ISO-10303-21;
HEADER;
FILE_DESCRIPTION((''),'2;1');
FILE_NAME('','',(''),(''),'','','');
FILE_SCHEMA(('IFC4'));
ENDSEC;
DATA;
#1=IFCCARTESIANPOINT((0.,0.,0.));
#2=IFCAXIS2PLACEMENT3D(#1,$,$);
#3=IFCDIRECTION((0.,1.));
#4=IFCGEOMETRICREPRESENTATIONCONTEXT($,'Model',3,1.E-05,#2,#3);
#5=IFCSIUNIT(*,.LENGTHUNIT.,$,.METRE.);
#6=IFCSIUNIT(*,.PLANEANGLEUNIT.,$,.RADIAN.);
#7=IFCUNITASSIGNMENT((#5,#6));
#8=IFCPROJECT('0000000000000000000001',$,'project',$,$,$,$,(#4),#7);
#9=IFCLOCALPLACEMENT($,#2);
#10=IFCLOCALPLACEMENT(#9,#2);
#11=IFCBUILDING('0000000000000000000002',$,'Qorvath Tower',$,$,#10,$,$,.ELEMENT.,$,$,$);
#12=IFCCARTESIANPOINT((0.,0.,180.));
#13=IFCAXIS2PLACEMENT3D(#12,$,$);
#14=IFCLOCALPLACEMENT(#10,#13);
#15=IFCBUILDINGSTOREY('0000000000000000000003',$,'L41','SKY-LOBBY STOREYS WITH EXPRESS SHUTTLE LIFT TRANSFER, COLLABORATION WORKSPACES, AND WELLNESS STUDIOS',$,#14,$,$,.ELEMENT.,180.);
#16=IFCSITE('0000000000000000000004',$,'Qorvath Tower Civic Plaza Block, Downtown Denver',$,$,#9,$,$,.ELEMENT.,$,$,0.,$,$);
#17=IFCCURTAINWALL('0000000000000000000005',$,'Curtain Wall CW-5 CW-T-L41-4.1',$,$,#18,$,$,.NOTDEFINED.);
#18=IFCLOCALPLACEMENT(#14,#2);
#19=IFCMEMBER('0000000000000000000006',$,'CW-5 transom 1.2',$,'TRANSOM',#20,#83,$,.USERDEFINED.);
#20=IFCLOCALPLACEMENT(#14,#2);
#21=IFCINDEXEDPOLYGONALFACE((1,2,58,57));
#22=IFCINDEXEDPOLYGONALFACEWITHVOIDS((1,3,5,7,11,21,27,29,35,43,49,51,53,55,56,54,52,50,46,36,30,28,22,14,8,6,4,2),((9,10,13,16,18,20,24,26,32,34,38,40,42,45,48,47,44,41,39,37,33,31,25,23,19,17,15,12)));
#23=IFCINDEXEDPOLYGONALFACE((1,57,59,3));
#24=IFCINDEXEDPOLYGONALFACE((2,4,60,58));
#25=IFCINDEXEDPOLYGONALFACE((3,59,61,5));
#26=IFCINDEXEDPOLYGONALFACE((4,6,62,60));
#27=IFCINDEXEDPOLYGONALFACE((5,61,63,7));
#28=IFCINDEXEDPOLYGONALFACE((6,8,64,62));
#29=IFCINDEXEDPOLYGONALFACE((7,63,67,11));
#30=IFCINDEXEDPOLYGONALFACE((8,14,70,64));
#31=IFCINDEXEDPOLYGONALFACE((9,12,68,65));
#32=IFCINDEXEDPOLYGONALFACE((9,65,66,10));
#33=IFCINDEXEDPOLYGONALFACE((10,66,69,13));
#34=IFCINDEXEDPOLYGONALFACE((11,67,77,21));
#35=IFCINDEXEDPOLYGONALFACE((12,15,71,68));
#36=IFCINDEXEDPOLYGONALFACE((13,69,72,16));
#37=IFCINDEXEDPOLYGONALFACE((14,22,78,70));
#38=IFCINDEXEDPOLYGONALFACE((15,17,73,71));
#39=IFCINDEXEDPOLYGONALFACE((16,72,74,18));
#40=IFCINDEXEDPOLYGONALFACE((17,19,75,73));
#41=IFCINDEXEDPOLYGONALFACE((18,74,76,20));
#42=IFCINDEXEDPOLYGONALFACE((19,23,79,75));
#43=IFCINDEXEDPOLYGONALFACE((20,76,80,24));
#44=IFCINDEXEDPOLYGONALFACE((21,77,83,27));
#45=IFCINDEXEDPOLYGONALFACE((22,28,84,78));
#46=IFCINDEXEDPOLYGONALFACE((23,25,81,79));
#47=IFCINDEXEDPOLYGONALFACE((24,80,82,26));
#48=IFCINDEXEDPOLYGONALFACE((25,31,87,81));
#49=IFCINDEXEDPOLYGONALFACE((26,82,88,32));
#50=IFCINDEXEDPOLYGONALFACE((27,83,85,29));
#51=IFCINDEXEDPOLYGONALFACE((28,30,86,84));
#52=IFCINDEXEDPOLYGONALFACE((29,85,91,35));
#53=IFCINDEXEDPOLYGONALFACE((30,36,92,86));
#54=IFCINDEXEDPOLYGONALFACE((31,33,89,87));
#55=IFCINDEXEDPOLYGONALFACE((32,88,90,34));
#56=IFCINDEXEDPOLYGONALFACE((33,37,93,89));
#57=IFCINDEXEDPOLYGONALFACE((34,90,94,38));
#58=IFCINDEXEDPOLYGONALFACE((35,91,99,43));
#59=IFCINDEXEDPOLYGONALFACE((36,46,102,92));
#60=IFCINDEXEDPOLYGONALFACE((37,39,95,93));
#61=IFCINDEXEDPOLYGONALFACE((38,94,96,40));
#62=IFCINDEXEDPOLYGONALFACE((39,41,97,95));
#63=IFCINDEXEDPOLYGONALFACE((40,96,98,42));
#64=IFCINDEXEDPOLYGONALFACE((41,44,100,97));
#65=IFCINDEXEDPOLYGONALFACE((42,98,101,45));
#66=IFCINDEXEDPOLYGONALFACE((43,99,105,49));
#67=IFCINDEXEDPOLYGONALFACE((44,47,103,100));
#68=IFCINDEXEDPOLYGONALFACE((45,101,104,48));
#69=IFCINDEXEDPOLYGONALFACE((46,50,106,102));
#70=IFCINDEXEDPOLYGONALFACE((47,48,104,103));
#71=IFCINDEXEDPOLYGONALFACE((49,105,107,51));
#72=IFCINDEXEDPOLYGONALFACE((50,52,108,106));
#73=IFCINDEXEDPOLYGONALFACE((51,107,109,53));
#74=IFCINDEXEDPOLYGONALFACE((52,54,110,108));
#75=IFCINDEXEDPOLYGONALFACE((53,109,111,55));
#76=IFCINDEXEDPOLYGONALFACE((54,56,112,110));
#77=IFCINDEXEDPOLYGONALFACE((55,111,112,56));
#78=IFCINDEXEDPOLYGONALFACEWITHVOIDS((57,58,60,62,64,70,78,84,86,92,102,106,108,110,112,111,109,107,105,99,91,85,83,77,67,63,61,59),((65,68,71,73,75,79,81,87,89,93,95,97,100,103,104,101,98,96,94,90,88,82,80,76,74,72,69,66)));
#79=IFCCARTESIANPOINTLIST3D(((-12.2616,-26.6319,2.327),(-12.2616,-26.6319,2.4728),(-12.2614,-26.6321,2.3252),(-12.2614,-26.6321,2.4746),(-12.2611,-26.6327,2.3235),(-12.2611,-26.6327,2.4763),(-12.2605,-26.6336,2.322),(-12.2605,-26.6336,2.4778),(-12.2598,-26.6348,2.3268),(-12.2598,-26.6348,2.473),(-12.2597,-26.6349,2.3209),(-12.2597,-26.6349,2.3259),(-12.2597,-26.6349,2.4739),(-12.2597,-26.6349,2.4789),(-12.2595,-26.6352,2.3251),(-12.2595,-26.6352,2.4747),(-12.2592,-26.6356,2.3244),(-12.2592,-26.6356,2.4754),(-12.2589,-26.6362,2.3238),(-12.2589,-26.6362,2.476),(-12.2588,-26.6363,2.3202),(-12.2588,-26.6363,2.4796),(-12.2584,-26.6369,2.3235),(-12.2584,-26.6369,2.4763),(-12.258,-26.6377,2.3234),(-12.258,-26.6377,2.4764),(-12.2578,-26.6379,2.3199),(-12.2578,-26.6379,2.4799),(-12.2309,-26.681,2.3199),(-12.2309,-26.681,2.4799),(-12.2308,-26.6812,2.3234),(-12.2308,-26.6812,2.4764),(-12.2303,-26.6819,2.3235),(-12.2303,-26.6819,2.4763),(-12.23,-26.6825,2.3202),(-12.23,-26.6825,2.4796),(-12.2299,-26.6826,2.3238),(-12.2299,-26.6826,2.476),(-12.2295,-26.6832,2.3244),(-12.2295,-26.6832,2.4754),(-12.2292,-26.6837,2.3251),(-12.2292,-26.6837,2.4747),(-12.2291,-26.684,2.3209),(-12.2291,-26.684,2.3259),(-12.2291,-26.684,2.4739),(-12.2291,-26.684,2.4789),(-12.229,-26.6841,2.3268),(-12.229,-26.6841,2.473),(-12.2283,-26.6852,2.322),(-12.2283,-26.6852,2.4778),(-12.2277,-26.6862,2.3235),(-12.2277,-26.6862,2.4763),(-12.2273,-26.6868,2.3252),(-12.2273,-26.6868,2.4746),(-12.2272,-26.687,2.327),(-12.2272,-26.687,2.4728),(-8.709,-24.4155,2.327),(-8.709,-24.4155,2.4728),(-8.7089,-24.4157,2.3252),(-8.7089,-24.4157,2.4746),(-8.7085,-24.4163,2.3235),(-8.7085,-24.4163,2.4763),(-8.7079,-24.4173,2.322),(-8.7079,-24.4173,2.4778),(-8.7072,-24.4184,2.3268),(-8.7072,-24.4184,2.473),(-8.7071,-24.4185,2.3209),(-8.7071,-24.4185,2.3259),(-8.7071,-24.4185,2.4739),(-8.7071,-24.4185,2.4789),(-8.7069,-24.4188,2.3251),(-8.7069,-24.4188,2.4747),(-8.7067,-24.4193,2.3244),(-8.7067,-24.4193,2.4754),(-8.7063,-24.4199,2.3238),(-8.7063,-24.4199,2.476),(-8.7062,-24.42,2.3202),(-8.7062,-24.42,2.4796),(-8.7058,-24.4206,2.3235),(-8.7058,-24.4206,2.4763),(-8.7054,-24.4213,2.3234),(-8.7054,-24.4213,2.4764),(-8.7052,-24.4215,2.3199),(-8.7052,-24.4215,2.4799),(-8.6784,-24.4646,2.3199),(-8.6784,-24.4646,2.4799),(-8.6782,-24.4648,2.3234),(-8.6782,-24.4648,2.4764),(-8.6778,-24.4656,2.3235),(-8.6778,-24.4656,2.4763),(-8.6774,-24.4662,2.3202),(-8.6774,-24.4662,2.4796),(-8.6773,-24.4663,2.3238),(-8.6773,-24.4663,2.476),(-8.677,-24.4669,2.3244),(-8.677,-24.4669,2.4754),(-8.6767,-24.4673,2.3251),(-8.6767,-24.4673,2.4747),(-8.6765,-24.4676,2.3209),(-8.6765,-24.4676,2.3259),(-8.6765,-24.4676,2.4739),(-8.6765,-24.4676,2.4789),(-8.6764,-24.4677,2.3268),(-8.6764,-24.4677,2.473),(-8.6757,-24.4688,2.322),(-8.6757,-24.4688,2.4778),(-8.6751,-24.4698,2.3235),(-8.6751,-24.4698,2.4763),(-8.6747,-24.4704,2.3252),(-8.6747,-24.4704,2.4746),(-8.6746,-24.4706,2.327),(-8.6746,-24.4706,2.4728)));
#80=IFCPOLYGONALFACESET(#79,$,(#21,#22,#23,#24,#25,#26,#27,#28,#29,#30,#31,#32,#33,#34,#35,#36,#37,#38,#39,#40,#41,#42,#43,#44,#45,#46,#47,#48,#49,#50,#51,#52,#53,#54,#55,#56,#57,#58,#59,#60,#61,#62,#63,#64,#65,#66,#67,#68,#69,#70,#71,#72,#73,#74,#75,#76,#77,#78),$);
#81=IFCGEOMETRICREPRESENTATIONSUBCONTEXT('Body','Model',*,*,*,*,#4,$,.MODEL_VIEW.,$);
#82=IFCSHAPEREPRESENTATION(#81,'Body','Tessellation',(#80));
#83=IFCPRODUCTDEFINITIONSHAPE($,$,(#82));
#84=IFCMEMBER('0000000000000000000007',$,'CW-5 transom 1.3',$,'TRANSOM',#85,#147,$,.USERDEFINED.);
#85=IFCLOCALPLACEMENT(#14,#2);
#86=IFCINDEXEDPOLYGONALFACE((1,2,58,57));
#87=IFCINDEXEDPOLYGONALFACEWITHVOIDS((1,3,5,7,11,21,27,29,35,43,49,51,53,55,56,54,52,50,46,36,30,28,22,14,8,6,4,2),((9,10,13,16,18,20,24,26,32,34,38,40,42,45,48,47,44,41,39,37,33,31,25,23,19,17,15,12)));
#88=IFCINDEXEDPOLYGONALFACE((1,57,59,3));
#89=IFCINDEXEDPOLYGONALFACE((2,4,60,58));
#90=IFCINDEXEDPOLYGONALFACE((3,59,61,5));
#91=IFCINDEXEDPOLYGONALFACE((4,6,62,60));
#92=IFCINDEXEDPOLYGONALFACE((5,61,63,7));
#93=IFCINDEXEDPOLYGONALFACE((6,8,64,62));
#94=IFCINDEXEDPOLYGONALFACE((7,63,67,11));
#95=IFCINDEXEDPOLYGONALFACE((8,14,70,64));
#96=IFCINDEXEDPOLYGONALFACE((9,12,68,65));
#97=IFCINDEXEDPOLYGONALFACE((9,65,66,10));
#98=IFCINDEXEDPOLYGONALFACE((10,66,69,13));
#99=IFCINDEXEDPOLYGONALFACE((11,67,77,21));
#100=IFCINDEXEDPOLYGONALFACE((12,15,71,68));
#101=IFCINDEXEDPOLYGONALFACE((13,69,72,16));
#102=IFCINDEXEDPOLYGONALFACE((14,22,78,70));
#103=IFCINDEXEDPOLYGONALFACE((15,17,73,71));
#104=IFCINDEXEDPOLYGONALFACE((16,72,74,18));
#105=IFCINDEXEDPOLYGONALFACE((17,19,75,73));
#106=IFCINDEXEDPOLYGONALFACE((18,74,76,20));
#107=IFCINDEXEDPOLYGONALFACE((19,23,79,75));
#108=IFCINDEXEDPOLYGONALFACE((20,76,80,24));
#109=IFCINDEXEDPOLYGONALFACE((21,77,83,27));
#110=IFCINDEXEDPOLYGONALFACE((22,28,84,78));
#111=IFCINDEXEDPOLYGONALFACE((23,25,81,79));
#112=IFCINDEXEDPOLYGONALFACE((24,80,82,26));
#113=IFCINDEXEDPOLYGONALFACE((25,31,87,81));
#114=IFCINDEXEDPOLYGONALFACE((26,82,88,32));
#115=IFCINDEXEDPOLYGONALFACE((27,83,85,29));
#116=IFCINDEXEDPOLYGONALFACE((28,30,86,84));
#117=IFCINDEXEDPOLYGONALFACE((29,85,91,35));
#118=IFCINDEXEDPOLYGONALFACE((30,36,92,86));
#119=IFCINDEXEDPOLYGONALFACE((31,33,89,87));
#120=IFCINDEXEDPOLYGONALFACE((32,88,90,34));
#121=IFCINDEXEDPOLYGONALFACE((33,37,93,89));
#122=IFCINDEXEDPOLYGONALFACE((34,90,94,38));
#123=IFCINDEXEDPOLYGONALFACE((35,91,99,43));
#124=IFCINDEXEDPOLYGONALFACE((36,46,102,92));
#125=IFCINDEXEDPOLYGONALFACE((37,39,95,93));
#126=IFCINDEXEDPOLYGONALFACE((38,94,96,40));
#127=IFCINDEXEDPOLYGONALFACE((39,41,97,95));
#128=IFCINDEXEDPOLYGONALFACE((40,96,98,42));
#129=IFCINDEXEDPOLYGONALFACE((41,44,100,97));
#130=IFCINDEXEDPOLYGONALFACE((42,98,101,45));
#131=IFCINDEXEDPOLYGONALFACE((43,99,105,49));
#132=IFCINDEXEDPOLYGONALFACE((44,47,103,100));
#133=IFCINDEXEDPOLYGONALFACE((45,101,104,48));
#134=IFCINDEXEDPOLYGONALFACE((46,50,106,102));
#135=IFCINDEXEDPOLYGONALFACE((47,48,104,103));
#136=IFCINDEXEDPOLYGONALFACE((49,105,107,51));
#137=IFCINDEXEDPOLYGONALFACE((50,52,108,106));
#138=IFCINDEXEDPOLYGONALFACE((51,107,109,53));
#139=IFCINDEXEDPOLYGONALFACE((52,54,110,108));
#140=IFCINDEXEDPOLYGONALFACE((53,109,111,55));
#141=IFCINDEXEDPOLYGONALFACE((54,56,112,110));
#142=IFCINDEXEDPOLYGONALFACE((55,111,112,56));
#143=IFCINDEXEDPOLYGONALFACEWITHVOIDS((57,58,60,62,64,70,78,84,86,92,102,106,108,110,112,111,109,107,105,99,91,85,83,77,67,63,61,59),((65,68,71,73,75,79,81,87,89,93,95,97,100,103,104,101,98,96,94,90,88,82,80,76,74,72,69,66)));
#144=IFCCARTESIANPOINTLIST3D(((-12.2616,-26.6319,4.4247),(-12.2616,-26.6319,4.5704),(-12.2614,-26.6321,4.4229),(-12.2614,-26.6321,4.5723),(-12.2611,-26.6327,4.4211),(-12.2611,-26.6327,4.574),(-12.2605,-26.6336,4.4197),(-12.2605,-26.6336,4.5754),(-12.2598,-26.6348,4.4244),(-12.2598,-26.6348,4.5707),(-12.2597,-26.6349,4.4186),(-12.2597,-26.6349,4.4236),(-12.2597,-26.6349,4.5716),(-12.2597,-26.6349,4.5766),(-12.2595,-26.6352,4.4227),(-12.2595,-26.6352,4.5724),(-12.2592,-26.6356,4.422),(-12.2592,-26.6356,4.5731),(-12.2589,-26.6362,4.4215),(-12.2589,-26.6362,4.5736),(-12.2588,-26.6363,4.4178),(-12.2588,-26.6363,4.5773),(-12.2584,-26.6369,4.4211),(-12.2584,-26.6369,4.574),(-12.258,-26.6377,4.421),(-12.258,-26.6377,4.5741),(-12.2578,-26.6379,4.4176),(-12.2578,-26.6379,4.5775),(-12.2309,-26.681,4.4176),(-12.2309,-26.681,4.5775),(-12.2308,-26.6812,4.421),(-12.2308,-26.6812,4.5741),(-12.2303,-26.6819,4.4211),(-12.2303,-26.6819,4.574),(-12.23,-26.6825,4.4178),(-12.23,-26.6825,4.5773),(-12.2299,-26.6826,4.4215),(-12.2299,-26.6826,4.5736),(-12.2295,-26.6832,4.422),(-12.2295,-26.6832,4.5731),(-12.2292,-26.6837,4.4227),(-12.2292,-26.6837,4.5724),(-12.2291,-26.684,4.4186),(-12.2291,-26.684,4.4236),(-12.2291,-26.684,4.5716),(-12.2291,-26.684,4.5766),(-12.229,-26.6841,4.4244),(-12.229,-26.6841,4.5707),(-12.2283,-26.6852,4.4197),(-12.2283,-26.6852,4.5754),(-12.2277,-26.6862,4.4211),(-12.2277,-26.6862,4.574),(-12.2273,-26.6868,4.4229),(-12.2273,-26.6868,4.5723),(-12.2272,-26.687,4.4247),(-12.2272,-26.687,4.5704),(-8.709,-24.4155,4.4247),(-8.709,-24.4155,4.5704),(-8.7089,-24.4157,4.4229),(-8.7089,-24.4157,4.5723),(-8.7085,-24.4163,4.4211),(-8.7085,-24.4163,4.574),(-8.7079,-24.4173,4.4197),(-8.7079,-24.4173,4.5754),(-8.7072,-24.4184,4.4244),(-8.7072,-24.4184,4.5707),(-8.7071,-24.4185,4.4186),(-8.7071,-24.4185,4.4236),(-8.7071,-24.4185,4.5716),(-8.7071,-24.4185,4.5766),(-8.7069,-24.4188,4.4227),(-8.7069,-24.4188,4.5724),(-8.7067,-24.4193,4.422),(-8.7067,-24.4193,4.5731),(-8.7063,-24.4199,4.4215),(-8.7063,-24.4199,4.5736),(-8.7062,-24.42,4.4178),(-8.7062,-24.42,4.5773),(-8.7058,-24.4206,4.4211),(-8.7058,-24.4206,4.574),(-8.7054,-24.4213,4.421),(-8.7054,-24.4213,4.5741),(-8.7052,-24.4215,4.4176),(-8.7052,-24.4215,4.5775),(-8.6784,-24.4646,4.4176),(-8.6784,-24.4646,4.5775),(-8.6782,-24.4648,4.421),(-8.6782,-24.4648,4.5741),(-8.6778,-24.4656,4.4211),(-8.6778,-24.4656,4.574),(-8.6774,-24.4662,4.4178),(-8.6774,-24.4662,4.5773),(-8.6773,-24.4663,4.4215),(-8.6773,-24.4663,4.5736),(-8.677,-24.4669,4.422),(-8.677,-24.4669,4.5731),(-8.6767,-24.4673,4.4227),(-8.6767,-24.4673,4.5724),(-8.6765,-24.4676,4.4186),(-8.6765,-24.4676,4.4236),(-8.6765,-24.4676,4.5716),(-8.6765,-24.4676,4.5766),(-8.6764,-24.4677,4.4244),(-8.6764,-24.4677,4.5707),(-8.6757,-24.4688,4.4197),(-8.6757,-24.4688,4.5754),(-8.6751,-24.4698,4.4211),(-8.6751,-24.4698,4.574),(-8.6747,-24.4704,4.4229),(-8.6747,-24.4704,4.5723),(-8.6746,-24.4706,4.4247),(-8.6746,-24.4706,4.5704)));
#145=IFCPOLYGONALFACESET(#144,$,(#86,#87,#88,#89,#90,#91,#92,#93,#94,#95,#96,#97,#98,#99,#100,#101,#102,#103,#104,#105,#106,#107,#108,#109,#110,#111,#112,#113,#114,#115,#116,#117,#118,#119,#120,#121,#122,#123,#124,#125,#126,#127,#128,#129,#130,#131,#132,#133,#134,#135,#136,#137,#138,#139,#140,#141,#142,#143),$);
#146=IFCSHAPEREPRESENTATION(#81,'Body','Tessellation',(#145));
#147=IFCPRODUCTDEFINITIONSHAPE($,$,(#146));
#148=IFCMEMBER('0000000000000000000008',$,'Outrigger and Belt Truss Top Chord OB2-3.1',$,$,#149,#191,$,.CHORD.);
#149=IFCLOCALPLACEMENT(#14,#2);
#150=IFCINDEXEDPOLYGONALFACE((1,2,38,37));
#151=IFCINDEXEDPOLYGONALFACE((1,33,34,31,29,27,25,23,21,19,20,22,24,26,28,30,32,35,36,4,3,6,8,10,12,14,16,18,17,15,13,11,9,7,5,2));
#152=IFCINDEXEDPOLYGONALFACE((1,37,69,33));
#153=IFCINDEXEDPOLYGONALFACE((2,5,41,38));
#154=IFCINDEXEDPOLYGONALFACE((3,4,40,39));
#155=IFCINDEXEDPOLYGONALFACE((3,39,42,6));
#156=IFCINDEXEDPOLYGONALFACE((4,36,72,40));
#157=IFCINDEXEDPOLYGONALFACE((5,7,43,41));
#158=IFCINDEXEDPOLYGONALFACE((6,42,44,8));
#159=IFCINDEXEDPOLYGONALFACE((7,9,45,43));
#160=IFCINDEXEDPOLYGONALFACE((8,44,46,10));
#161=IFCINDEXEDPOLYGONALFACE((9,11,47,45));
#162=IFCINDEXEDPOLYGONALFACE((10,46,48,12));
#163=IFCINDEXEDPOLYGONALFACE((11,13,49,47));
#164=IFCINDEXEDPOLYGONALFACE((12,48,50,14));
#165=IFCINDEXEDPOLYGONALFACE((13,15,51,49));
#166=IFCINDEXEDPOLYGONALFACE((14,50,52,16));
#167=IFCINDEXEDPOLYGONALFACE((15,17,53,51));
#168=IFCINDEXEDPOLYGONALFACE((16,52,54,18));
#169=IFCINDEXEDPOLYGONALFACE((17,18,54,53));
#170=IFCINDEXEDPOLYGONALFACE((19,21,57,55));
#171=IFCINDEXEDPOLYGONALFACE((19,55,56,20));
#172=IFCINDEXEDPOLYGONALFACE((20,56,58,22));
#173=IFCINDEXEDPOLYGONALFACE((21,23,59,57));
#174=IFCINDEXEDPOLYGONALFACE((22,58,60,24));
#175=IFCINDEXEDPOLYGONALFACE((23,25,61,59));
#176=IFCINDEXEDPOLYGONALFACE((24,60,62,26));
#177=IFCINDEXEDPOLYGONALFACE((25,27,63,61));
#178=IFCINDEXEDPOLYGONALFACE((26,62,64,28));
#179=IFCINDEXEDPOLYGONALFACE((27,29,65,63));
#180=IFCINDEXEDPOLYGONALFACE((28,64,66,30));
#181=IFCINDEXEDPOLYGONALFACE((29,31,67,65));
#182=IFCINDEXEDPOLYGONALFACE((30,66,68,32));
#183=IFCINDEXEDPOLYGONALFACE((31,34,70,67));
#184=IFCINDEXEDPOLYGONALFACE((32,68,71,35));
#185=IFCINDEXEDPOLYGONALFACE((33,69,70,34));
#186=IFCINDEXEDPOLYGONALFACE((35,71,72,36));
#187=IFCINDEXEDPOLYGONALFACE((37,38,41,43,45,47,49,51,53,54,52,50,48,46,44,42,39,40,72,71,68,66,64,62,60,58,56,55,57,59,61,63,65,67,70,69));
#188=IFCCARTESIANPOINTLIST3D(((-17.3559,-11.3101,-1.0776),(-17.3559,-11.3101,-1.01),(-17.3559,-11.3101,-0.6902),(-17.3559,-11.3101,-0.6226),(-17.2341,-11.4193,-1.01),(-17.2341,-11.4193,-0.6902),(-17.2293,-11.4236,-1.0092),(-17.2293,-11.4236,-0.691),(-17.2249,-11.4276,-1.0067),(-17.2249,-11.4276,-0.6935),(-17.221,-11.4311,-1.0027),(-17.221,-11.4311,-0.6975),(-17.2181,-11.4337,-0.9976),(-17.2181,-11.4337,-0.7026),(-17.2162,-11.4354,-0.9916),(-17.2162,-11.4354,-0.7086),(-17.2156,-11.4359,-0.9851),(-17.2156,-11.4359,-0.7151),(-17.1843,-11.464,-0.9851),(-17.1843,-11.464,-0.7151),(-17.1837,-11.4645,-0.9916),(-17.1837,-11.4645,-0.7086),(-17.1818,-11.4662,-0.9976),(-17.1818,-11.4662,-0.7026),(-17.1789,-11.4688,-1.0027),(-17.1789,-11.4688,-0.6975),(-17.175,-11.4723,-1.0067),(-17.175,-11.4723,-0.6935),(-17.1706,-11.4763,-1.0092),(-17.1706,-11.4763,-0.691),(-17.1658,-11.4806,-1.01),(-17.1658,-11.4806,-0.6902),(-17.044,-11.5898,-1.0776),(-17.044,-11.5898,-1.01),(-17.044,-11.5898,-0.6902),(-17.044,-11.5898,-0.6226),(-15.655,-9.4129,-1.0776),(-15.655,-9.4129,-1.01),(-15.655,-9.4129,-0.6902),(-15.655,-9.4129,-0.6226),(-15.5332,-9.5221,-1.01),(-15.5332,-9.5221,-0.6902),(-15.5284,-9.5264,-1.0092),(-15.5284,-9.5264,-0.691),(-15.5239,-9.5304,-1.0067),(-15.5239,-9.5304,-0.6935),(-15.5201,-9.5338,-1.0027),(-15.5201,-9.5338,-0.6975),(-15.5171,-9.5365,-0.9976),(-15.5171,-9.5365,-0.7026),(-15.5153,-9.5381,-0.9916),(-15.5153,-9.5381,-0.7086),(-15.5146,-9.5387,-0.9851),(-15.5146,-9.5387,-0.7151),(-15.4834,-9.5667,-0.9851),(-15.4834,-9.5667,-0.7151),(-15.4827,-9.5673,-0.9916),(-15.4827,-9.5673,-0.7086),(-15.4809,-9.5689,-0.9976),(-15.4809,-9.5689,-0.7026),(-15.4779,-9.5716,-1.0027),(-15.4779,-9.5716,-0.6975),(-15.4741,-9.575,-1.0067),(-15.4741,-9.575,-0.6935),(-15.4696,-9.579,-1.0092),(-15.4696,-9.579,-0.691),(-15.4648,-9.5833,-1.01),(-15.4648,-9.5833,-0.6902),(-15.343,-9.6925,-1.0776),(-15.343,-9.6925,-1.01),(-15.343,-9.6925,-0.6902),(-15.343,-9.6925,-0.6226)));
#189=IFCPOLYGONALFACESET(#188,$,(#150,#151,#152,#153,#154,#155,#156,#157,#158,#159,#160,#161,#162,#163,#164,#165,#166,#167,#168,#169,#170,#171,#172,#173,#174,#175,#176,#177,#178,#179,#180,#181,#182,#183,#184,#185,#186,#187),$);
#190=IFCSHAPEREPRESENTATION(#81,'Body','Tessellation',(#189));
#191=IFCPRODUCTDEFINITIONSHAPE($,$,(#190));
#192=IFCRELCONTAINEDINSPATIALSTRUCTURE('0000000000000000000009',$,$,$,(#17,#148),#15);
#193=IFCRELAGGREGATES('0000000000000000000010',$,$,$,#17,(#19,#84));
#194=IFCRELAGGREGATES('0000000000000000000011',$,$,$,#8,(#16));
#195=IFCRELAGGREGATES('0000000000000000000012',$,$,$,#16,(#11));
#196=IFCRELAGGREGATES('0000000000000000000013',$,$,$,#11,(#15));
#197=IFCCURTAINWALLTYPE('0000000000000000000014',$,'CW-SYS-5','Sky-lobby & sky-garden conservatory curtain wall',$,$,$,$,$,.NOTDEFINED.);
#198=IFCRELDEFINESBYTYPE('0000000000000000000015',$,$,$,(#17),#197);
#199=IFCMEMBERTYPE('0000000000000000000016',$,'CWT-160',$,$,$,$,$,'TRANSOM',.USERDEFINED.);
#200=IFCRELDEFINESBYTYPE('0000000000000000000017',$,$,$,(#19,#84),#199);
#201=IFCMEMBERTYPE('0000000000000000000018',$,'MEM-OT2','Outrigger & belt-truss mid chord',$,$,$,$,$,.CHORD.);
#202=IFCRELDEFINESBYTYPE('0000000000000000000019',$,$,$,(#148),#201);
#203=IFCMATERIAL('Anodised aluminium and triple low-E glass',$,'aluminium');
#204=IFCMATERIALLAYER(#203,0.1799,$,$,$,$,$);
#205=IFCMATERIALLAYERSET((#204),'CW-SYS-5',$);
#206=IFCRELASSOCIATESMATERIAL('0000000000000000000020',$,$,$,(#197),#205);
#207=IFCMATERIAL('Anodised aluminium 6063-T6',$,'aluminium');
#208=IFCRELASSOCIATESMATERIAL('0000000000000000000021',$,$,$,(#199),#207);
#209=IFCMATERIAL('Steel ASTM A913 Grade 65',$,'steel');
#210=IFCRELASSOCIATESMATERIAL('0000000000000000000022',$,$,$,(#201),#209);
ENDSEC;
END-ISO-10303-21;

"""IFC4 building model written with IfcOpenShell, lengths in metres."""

from ifc_helpers import new_model, si_unit, direction, frame, origin, origin_2d, place, context, subcontext, project, spatial, hollow_rectangle, i_section, extrude, material, layer, layer_set, material_profile, profile_set, type_object, element, aggregate, save


model = new_model("IFC4")

# Units and contexts
model_context = context("Model", 3, precision=1e-05, world=origin(), true_north=direction((0.0, 1.0)))
body_context = subcontext(model_context, "Body", "Model", "MODEL_VIEW")
ifc_project = project(units=[si_unit("LENGTHUNIT", "METRE"), si_unit("PLANEANGLEUNIT", "RADIAN")], contexts=[model_context])

# Site, building, storey
site_placement = place(None, origin())
site = spatial("IfcSite", under=ifc_project, at=site_placement, Name="Qorvath Tower Civic Plaza Block, Downtown Denver", CompositionType="ELEMENT", RefElevation=0.0)
building_placement = place(site_placement, origin())
building = spatial("IfcBuilding", under=site, at=building_placement, Name="Qorvath Tower", CompositionType="ELEMENT")
storey_placement = place(building_placement, frame((0.0, 0.0, 180.0)))
storey = spatial("IfcBuildingStorey", under=building, at=storey_placement, Name="L41", Description="SKY-LOBBY STOREYS WITH EXPRESS SHUTTLE LIFT TRANSFER, COLLABORATION WORKSPACES, AND WELLNESS STUDIOS", CompositionType="ELEMENT", Elevation=180.0)

# Shared definitions
ifc_material_1 = material(Name="Anodised aluminium and triple low-E glass", Category="aluminium")
ifc_layer_1 = layer(ifc_material_1, 0.1799)
ifc_layer_set_1 = layer_set([ifc_layer_1], Name="CW-SYS-5")
curtain_wall_type = type_object("IfcCurtainWallType", Name="CW-SYS-5", Description="Sky-lobby & sky-garden conservatory curtain wall", PredefinedType="NOTDEFINED", material=ifc_layer_set_1)

# Curtain wall
curtain_wall_1_placement = place(storey_placement, origin())
curtain_wall_1 = element("IfcCurtainWall", 1, at=curtain_wall_1_placement, inside=storey, type_object=curtain_wall_type, Name="Curtain Wall CW-5 CW-T-L41-4.1", PredefinedType="NOTDEFINED")

# Members
ifc_material_2 = material(Name="Anodised aluminium 6063-T6", Category="aluminium")
ifc_material_profile_1 = material_profile(ifc_material_2, hollow_rectangle(XDim=0.0649, YDim=0.1599, WallThickness=0.0034, InnerFilletRadius=0.0034, OuterFilletRadius=0.0071, at=origin_2d()), Name="CWT 160x65")
ifc_profile_set_1 = profile_set([ifc_material_profile_1], Name="Anodised aluminium 6063-T6")
member_type_1 = type_object("IfcMemberType", Name="CWT-160", ElementType="TRANSOM", PredefinedType="USERDEFINED", material=ifc_profile_set_1)
member_1_placement = place(storey_placement, frame((-12.2444, -26.6594, 2.3999), z_axis=(0.848427, 0.529312, 0.0), x_axis=(-0.529312, 0.848427, 0.0)))
member_1 = element("IfcMember", 2, at=member_1_placement, type_object=member_type_1, Name="CW-5 transom 1.2", ObjectType="TRANSOM", PredefinedType="USERDEFINED", context=body_context, shape_type="SweptSolid", body=[
    extrude(hollow_rectangle(XDim=0.0649, YDim=0.1599, WallThickness=0.0034, InnerFilletRadius=0.0034, OuterFilletRadius=0.0071, at=origin_2d()), origin(), (0.0, 0.0, 1.0), 4.1873),
])
member_2_placement = place(storey_placement, frame((-12.2444, -26.6594, 4.4976), z_axis=(0.848427, 0.529312, 0.0), x_axis=(-0.529312, 0.848427, 0.0)))
member_2 = element("IfcMember", 3, at=member_2_placement, type_object=member_type_1, Name="CW-5 transom 1.3", ObjectType="TRANSOM", PredefinedType="USERDEFINED", context=body_context, shape_type="SweptSolid", body=[
    extrude(hollow_rectangle(XDim=0.0649, YDim=0.1599, WallThickness=0.0034, InnerFilletRadius=0.0034, OuterFilletRadius=0.0071, at=origin_2d()), origin(), (0.0, 0.0, 1.0), 4.1873),
])
aggregate(curtain_wall_1, [member_1, member_2])

# Member
ifc_material_3 = material(Name="Steel ASTM A913 Grade 65", Category="steel")
ifc_material_profile_2 = material_profile(ifc_material_3, i_section(OverallWidth=0.4189, OverallDepth=0.4551, WebThickness=0.042, FlangeThickness=0.0676, FilletRadius=0.0249, at=origin_2d()), Name="W14x370")
ifc_profile_set_2 = profile_set([ifc_material_profile_2], Name="Steel ASTM A913 Grade 65")
member_type_2 = type_object("IfcMemberType", Name="MEM-OT2", Description="Outrigger & belt-truss mid chord", PredefinedType="CHORD", material=ifc_profile_set_2)
member_3_placement = place(storey_placement, frame((-17.2, -11.45, -0.8501), z_axis=(0.66754, 0.744574, 0.0), x_axis=(-0.744574, 0.66754, 0.0)))
element("IfcMember", 4, at=member_3_placement, inside=storey, type_object=member_type_2, Name="Outrigger and Belt Truss Top Chord OB2-3.1", PredefinedType="CHORD", context=body_context, shape_type="SweptSolid", body=[
    extrude(i_section(OverallWidth=0.4189, OverallDepth=0.4551, WebThickness=0.042, FlangeThickness=0.0676, FilletRadius=0.0249, at=origin_2d()), origin(), (0.0, 0.0, 1.0), 2.5481),
])

save(model, "model.ifc")
